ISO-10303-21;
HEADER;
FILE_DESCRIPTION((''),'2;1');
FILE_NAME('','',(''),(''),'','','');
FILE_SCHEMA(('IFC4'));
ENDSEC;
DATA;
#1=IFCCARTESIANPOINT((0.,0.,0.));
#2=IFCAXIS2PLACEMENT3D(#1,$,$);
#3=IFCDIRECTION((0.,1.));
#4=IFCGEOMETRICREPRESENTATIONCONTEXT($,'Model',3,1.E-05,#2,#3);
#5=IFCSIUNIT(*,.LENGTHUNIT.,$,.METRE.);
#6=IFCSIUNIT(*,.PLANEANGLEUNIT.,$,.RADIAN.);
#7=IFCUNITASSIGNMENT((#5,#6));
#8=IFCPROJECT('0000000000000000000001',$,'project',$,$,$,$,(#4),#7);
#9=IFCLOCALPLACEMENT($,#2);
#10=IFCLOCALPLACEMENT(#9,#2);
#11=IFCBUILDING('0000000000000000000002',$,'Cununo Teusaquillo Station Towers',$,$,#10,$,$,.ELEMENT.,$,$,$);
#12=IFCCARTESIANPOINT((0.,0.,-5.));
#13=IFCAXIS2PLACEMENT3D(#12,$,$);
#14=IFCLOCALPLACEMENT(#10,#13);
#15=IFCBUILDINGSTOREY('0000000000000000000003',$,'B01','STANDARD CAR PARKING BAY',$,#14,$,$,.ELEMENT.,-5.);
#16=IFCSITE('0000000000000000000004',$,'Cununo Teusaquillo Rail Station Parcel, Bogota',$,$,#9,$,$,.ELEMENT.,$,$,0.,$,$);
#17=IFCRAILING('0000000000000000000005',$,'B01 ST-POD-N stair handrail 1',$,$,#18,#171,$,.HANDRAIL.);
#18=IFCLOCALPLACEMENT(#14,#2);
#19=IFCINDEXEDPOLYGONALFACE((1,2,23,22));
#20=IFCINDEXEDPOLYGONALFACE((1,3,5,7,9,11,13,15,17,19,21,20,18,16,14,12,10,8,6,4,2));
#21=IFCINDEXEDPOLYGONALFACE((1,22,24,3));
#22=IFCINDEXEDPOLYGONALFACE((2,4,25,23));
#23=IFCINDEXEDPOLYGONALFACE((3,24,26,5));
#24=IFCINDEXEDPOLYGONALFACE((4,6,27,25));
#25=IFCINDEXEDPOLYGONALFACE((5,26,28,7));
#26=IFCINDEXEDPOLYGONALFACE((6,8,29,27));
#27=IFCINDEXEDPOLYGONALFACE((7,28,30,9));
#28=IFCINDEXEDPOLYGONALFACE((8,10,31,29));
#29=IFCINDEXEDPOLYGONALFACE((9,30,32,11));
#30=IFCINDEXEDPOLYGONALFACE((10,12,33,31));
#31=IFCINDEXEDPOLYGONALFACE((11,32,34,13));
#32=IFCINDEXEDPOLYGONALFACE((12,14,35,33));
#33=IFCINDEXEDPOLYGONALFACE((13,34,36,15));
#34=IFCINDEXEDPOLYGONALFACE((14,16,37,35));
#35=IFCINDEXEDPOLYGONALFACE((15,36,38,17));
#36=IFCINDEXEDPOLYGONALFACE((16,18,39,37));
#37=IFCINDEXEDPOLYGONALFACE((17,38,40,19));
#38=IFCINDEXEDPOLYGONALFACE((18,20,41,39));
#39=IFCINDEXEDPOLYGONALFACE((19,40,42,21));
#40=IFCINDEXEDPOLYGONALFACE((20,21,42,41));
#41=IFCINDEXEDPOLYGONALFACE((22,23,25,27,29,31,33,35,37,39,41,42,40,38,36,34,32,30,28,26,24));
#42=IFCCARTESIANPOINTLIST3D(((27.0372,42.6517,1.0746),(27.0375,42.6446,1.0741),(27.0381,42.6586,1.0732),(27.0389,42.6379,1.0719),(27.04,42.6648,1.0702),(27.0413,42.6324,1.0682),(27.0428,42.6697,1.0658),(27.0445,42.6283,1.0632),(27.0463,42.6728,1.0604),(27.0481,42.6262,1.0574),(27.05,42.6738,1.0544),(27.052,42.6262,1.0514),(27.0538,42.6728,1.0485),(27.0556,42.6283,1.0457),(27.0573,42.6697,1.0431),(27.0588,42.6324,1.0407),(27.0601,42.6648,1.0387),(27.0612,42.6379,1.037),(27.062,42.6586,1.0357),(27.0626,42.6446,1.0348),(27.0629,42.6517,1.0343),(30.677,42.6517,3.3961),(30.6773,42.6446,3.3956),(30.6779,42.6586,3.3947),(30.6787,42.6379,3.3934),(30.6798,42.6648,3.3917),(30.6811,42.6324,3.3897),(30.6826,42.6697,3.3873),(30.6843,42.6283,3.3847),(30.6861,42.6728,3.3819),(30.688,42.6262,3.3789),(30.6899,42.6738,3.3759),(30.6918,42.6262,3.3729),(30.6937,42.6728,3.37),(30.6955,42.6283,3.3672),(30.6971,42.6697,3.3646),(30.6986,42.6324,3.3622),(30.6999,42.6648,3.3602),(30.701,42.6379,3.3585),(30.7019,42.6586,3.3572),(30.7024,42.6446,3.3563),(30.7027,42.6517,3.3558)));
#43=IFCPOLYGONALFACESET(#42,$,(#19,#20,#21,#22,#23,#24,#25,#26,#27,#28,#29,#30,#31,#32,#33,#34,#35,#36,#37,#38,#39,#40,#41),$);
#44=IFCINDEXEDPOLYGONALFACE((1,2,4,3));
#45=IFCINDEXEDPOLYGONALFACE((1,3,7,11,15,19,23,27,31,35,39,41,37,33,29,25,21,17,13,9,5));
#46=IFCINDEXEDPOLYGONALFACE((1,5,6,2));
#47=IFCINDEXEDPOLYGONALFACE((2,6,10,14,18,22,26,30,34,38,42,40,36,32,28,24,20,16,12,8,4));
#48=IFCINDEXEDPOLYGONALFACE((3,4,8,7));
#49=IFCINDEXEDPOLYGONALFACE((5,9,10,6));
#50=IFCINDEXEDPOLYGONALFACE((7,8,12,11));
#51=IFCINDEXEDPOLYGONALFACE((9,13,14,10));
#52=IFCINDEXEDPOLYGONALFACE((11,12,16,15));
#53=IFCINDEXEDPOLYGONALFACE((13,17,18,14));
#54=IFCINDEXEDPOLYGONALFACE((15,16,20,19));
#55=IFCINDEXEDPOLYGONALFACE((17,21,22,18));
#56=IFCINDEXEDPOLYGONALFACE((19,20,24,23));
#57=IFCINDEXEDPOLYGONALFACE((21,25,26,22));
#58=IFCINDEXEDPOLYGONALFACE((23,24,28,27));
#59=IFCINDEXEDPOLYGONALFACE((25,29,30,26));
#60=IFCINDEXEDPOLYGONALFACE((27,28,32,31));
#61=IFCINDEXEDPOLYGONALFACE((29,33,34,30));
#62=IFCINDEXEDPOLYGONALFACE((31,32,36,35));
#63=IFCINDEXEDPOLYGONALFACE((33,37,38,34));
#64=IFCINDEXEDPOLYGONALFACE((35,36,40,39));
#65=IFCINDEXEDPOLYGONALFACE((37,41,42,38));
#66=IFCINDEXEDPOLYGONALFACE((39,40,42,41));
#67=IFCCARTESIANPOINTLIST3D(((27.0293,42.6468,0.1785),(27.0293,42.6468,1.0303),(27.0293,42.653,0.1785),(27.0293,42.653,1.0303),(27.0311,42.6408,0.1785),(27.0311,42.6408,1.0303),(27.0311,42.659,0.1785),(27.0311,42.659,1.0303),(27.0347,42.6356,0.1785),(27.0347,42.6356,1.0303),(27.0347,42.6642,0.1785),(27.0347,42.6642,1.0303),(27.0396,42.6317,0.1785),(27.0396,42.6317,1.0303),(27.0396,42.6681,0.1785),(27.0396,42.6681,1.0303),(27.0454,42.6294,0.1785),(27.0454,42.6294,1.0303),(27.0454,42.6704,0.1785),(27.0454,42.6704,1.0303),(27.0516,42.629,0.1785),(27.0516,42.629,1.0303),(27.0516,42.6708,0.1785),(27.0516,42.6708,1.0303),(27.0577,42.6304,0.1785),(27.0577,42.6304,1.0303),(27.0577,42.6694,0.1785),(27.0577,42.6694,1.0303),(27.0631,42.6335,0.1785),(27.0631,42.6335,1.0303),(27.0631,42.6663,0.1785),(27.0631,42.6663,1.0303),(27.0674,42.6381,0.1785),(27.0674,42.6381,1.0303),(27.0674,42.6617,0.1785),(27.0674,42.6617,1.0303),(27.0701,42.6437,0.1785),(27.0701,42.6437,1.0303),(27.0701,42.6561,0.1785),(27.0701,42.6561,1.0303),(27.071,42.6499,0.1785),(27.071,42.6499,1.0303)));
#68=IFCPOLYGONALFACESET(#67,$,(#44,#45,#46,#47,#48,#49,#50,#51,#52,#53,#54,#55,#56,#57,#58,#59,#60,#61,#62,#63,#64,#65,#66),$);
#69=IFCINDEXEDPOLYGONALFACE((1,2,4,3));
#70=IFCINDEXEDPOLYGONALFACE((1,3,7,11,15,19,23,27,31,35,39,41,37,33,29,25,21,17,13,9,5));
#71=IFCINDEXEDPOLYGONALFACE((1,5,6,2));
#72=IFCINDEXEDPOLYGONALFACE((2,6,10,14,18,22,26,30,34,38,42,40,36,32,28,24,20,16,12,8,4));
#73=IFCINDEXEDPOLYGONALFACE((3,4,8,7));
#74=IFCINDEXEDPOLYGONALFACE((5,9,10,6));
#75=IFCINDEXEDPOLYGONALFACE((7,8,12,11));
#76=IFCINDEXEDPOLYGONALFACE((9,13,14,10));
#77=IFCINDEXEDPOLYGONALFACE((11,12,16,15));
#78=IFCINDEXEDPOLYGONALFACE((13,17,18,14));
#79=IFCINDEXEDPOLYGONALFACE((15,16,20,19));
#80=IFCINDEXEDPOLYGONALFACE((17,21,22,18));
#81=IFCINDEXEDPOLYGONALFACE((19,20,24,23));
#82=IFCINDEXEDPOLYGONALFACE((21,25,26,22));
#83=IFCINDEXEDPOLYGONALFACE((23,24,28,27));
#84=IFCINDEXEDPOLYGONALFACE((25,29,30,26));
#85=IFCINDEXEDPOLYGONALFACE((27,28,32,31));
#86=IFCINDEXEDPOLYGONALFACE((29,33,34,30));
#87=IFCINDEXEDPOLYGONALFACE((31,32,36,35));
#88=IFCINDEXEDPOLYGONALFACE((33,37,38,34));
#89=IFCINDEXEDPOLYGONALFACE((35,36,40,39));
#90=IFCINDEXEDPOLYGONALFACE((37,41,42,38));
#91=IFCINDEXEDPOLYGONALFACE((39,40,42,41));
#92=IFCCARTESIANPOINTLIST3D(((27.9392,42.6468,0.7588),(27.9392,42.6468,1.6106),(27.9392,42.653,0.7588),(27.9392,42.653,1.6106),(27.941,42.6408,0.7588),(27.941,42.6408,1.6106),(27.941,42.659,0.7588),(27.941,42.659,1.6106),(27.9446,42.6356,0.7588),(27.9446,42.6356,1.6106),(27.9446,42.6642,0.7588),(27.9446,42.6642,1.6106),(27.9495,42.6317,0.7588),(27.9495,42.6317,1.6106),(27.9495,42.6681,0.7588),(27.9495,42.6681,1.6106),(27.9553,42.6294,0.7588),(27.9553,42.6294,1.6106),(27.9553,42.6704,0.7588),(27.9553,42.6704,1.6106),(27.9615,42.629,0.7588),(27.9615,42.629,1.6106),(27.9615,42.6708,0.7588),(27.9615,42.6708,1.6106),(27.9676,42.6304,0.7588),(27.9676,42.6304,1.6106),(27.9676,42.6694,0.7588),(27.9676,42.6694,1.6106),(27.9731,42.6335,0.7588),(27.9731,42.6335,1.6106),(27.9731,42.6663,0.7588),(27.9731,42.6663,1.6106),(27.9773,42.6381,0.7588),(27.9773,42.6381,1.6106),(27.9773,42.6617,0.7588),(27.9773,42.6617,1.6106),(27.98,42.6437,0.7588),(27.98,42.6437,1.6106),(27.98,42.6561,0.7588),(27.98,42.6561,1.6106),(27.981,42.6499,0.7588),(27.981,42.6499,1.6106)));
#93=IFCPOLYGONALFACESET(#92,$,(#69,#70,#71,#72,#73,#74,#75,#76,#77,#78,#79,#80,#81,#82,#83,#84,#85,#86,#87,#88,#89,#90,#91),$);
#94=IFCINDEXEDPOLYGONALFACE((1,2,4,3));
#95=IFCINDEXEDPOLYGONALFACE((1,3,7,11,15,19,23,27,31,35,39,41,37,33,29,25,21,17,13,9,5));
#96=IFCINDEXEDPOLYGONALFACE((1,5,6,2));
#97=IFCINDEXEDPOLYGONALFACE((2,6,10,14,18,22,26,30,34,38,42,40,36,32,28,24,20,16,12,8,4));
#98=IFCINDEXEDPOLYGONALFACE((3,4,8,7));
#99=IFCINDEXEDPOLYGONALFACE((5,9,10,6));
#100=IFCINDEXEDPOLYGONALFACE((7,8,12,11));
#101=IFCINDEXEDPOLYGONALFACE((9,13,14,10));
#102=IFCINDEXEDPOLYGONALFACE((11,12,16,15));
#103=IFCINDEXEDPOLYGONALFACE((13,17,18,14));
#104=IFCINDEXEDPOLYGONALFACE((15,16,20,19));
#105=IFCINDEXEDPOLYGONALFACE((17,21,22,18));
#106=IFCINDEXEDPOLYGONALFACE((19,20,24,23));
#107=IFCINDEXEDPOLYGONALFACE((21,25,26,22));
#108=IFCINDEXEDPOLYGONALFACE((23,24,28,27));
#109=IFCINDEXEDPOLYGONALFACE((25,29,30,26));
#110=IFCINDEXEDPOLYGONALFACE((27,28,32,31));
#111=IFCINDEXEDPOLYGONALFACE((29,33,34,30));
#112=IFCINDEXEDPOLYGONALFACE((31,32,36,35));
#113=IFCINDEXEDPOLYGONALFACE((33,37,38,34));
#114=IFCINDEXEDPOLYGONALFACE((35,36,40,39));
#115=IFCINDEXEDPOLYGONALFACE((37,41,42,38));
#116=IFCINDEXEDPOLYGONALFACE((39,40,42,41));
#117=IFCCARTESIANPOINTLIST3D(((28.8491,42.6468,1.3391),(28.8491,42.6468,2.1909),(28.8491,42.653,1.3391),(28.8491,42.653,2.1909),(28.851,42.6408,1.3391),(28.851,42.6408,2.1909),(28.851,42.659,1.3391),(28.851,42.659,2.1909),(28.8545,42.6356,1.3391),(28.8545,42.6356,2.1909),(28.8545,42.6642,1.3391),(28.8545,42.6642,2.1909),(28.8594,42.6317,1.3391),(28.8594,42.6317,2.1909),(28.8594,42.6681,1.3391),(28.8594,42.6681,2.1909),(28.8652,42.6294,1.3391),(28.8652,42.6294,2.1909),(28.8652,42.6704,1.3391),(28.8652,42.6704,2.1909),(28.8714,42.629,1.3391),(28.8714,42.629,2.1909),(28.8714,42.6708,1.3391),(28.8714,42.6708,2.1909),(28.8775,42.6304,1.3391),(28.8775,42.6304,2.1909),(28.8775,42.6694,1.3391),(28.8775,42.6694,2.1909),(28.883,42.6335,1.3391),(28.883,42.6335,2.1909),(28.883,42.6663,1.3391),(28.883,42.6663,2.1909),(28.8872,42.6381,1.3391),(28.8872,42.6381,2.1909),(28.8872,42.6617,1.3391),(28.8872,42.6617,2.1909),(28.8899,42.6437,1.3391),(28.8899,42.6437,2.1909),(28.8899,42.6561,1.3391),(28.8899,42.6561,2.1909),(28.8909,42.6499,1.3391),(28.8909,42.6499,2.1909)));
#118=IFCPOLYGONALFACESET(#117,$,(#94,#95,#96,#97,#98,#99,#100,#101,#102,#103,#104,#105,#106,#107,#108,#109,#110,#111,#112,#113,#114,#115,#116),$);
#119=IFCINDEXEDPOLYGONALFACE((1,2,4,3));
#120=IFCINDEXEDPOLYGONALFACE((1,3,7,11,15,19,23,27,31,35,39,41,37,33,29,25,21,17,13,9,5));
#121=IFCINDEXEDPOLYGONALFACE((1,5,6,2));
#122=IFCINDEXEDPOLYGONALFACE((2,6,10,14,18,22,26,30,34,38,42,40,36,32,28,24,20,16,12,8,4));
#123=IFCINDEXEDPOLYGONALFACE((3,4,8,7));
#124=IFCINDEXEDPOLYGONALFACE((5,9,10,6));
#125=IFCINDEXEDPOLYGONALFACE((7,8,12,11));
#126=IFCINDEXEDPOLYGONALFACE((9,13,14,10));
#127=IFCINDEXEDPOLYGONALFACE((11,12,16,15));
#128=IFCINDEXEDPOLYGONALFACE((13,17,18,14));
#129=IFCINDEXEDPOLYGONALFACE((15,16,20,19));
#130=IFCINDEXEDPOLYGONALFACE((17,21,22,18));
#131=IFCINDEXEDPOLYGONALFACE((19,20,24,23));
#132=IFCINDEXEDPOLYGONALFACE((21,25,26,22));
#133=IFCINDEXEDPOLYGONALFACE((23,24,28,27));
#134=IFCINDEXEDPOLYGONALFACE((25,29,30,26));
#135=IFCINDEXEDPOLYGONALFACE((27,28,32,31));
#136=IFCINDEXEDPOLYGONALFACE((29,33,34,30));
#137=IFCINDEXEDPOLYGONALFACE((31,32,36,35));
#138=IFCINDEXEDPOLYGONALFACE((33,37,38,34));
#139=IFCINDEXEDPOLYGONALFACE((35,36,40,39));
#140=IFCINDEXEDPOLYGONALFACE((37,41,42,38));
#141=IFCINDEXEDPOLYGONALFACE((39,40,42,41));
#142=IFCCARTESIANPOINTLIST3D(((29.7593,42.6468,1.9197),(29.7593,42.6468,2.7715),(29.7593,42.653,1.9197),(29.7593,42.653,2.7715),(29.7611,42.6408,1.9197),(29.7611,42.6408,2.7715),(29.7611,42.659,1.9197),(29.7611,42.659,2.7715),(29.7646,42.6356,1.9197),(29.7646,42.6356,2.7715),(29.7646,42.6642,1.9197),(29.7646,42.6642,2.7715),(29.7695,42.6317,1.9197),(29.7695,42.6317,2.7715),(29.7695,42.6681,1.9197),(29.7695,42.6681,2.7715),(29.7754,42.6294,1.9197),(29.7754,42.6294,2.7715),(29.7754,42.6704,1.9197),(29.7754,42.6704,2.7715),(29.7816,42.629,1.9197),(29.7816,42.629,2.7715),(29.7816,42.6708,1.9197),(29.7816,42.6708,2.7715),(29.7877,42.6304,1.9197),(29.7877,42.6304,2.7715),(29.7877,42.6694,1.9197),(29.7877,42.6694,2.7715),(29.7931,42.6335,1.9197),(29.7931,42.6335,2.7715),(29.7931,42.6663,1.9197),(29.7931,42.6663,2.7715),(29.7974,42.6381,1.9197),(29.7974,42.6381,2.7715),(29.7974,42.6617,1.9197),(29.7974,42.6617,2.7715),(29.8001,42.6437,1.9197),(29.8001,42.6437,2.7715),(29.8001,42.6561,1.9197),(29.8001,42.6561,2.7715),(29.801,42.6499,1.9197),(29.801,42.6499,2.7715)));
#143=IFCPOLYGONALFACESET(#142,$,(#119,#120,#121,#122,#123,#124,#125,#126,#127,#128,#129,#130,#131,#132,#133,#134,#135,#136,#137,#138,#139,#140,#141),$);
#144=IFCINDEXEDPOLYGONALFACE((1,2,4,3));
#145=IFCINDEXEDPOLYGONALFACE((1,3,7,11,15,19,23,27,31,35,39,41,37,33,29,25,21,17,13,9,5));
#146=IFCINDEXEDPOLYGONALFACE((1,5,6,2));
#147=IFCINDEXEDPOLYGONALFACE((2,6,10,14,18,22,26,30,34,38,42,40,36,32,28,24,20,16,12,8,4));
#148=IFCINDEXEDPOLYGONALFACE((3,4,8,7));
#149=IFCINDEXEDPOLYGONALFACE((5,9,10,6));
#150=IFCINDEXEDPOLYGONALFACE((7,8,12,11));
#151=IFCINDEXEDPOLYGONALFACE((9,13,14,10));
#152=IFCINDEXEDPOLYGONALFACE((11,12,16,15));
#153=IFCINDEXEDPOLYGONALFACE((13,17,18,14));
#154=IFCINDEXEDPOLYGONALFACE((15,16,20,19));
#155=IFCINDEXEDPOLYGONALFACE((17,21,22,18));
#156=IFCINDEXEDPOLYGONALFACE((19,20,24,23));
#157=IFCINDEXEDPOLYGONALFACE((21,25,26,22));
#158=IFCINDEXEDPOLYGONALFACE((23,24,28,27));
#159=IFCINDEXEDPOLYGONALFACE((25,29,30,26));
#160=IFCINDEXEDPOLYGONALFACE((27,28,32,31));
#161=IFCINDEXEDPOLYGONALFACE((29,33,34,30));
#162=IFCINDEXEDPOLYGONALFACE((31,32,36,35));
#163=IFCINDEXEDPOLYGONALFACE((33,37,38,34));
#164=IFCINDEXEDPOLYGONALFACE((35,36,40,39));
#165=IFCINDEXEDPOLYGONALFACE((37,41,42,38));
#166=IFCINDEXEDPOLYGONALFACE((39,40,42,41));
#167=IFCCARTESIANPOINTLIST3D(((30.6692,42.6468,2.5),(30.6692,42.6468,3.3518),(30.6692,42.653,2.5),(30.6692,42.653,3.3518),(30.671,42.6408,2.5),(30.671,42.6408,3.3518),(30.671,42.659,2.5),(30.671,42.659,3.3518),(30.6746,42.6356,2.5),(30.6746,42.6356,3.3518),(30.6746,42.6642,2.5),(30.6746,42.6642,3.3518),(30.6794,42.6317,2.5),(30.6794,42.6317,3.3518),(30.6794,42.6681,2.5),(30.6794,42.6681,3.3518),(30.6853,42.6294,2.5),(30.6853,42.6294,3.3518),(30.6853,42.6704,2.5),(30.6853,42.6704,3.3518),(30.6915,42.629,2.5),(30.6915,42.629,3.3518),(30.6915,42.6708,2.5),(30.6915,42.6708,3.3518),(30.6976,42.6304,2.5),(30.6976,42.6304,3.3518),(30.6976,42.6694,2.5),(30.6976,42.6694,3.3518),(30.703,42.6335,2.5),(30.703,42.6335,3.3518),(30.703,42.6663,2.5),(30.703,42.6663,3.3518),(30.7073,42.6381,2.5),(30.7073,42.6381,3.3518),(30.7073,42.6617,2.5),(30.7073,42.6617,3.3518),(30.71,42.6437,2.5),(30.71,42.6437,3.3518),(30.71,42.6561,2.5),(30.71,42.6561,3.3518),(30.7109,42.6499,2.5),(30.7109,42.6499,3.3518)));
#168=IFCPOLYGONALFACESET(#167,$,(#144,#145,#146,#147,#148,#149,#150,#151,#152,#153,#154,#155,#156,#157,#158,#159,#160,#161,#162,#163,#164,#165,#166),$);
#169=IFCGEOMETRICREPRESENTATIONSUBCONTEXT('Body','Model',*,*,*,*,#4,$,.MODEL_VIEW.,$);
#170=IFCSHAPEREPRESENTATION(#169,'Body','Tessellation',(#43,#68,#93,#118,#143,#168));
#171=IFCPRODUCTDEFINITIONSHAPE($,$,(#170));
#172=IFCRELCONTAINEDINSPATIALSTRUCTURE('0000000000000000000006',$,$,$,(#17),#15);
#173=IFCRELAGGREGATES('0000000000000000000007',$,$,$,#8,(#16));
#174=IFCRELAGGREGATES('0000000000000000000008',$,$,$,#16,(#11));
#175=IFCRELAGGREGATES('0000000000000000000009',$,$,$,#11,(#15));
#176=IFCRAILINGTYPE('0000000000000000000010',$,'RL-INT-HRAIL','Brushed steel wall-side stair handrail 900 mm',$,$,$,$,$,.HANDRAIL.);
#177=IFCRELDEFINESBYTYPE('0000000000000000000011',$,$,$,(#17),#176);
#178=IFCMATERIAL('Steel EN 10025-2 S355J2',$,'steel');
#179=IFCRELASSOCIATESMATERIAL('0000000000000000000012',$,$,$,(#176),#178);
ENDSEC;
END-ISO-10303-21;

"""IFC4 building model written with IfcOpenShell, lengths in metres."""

from ifc_helpers import new_model, si_unit, direction, frame, origin, origin_2d, place, context, subcontext, project, spatial, circle, extrude, material, type_object, element, save


model = new_model("IFC4")

# Units and contexts
model_context = context("Model", 3, precision=1e-05, world=origin(), true_north=direction((0.0, 1.0)))
body_context = subcontext(model_context, "Body", "Model", "MODEL_VIEW")
ifc_project = project(units=[si_unit("LENGTHUNIT", "METRE"), si_unit("PLANEANGLEUNIT", "RADIAN")], contexts=[model_context])

# Site, building, storey
site_placement = place(None, origin())
site = spatial("IfcSite", under=ifc_project, at=site_placement, Name="Cununo Teusaquillo Rail Station Parcel, Bogota", CompositionType="ELEMENT", RefElevation=0.0)
building_placement = place(site_placement, origin())
building = spatial("IfcBuilding", under=site, at=building_placement, Name="Cununo Teusaquillo Station Towers", CompositionType="ELEMENT")
storey_placement = place(building_placement, frame((0.0, 0.0, -5.0)))
storey = spatial("IfcBuildingStorey", under=building, at=storey_placement, Name="B01", Description="STANDARD CAR PARKING BAY", CompositionType="ELEMENT", Elevation=-5.0)

# Railing
ifc_material_1 = material(Name="Steel EN 10025-2 S355J2", Category="steel")
railing_type_1 = type_object("IfcRailingType", Name="RL-INT-HRAIL", Description="Brushed steel wall-side stair handrail 900 mm", PredefinedType="HANDRAIL", material=ifc_material_1)
railing_1_placement = place(storey_placement, frame((27.05, 42.6499, 0.1785)))
element("IfcRailing", 1, at=railing_1_placement, inside=storey, type_object=railing_type_1, Name="B01 ST-POD-N stair handrail 1", PredefinedType="HANDRAIL", context=body_context, shape_type="SweptSolid", body=[
    extrude(circle(Radius=0.0239, at=origin_2d()), frame((0.0, 0.0, 0.876), z_axis=(0.843112, 0.0, 0.537739), x_axis=(0.0, 1.0, 0.0)), (0.0, 0.0, 1.0), 4.3171),
    extrude(circle(Radius=0.021, at=origin_2d()), origin(), (0.0, 0.0, 1.0), 0.8518),
    extrude(circle(Radius=0.021, at=origin_2d()), frame((0.9099, 0.0, 0.5803)), (0.0, 0.0, 1.0), 0.8518),
    extrude(circle(Radius=0.021, at=origin_2d()), frame((1.8198, 0.0, 1.1606)), (0.0, 0.0, 1.0), 0.8518),
    extrude(circle(Radius=0.021, at=origin_2d()), frame((2.73, 0.0, 1.7412)), (0.0, 0.0, 1.0), 0.8518),
    extrude(circle(Radius=0.021, at=origin_2d()), frame((3.6399, 0.0, 2.3215)), (0.0, 0.0, 1.0), 0.8518),
])

save(model, "model.ifc")
